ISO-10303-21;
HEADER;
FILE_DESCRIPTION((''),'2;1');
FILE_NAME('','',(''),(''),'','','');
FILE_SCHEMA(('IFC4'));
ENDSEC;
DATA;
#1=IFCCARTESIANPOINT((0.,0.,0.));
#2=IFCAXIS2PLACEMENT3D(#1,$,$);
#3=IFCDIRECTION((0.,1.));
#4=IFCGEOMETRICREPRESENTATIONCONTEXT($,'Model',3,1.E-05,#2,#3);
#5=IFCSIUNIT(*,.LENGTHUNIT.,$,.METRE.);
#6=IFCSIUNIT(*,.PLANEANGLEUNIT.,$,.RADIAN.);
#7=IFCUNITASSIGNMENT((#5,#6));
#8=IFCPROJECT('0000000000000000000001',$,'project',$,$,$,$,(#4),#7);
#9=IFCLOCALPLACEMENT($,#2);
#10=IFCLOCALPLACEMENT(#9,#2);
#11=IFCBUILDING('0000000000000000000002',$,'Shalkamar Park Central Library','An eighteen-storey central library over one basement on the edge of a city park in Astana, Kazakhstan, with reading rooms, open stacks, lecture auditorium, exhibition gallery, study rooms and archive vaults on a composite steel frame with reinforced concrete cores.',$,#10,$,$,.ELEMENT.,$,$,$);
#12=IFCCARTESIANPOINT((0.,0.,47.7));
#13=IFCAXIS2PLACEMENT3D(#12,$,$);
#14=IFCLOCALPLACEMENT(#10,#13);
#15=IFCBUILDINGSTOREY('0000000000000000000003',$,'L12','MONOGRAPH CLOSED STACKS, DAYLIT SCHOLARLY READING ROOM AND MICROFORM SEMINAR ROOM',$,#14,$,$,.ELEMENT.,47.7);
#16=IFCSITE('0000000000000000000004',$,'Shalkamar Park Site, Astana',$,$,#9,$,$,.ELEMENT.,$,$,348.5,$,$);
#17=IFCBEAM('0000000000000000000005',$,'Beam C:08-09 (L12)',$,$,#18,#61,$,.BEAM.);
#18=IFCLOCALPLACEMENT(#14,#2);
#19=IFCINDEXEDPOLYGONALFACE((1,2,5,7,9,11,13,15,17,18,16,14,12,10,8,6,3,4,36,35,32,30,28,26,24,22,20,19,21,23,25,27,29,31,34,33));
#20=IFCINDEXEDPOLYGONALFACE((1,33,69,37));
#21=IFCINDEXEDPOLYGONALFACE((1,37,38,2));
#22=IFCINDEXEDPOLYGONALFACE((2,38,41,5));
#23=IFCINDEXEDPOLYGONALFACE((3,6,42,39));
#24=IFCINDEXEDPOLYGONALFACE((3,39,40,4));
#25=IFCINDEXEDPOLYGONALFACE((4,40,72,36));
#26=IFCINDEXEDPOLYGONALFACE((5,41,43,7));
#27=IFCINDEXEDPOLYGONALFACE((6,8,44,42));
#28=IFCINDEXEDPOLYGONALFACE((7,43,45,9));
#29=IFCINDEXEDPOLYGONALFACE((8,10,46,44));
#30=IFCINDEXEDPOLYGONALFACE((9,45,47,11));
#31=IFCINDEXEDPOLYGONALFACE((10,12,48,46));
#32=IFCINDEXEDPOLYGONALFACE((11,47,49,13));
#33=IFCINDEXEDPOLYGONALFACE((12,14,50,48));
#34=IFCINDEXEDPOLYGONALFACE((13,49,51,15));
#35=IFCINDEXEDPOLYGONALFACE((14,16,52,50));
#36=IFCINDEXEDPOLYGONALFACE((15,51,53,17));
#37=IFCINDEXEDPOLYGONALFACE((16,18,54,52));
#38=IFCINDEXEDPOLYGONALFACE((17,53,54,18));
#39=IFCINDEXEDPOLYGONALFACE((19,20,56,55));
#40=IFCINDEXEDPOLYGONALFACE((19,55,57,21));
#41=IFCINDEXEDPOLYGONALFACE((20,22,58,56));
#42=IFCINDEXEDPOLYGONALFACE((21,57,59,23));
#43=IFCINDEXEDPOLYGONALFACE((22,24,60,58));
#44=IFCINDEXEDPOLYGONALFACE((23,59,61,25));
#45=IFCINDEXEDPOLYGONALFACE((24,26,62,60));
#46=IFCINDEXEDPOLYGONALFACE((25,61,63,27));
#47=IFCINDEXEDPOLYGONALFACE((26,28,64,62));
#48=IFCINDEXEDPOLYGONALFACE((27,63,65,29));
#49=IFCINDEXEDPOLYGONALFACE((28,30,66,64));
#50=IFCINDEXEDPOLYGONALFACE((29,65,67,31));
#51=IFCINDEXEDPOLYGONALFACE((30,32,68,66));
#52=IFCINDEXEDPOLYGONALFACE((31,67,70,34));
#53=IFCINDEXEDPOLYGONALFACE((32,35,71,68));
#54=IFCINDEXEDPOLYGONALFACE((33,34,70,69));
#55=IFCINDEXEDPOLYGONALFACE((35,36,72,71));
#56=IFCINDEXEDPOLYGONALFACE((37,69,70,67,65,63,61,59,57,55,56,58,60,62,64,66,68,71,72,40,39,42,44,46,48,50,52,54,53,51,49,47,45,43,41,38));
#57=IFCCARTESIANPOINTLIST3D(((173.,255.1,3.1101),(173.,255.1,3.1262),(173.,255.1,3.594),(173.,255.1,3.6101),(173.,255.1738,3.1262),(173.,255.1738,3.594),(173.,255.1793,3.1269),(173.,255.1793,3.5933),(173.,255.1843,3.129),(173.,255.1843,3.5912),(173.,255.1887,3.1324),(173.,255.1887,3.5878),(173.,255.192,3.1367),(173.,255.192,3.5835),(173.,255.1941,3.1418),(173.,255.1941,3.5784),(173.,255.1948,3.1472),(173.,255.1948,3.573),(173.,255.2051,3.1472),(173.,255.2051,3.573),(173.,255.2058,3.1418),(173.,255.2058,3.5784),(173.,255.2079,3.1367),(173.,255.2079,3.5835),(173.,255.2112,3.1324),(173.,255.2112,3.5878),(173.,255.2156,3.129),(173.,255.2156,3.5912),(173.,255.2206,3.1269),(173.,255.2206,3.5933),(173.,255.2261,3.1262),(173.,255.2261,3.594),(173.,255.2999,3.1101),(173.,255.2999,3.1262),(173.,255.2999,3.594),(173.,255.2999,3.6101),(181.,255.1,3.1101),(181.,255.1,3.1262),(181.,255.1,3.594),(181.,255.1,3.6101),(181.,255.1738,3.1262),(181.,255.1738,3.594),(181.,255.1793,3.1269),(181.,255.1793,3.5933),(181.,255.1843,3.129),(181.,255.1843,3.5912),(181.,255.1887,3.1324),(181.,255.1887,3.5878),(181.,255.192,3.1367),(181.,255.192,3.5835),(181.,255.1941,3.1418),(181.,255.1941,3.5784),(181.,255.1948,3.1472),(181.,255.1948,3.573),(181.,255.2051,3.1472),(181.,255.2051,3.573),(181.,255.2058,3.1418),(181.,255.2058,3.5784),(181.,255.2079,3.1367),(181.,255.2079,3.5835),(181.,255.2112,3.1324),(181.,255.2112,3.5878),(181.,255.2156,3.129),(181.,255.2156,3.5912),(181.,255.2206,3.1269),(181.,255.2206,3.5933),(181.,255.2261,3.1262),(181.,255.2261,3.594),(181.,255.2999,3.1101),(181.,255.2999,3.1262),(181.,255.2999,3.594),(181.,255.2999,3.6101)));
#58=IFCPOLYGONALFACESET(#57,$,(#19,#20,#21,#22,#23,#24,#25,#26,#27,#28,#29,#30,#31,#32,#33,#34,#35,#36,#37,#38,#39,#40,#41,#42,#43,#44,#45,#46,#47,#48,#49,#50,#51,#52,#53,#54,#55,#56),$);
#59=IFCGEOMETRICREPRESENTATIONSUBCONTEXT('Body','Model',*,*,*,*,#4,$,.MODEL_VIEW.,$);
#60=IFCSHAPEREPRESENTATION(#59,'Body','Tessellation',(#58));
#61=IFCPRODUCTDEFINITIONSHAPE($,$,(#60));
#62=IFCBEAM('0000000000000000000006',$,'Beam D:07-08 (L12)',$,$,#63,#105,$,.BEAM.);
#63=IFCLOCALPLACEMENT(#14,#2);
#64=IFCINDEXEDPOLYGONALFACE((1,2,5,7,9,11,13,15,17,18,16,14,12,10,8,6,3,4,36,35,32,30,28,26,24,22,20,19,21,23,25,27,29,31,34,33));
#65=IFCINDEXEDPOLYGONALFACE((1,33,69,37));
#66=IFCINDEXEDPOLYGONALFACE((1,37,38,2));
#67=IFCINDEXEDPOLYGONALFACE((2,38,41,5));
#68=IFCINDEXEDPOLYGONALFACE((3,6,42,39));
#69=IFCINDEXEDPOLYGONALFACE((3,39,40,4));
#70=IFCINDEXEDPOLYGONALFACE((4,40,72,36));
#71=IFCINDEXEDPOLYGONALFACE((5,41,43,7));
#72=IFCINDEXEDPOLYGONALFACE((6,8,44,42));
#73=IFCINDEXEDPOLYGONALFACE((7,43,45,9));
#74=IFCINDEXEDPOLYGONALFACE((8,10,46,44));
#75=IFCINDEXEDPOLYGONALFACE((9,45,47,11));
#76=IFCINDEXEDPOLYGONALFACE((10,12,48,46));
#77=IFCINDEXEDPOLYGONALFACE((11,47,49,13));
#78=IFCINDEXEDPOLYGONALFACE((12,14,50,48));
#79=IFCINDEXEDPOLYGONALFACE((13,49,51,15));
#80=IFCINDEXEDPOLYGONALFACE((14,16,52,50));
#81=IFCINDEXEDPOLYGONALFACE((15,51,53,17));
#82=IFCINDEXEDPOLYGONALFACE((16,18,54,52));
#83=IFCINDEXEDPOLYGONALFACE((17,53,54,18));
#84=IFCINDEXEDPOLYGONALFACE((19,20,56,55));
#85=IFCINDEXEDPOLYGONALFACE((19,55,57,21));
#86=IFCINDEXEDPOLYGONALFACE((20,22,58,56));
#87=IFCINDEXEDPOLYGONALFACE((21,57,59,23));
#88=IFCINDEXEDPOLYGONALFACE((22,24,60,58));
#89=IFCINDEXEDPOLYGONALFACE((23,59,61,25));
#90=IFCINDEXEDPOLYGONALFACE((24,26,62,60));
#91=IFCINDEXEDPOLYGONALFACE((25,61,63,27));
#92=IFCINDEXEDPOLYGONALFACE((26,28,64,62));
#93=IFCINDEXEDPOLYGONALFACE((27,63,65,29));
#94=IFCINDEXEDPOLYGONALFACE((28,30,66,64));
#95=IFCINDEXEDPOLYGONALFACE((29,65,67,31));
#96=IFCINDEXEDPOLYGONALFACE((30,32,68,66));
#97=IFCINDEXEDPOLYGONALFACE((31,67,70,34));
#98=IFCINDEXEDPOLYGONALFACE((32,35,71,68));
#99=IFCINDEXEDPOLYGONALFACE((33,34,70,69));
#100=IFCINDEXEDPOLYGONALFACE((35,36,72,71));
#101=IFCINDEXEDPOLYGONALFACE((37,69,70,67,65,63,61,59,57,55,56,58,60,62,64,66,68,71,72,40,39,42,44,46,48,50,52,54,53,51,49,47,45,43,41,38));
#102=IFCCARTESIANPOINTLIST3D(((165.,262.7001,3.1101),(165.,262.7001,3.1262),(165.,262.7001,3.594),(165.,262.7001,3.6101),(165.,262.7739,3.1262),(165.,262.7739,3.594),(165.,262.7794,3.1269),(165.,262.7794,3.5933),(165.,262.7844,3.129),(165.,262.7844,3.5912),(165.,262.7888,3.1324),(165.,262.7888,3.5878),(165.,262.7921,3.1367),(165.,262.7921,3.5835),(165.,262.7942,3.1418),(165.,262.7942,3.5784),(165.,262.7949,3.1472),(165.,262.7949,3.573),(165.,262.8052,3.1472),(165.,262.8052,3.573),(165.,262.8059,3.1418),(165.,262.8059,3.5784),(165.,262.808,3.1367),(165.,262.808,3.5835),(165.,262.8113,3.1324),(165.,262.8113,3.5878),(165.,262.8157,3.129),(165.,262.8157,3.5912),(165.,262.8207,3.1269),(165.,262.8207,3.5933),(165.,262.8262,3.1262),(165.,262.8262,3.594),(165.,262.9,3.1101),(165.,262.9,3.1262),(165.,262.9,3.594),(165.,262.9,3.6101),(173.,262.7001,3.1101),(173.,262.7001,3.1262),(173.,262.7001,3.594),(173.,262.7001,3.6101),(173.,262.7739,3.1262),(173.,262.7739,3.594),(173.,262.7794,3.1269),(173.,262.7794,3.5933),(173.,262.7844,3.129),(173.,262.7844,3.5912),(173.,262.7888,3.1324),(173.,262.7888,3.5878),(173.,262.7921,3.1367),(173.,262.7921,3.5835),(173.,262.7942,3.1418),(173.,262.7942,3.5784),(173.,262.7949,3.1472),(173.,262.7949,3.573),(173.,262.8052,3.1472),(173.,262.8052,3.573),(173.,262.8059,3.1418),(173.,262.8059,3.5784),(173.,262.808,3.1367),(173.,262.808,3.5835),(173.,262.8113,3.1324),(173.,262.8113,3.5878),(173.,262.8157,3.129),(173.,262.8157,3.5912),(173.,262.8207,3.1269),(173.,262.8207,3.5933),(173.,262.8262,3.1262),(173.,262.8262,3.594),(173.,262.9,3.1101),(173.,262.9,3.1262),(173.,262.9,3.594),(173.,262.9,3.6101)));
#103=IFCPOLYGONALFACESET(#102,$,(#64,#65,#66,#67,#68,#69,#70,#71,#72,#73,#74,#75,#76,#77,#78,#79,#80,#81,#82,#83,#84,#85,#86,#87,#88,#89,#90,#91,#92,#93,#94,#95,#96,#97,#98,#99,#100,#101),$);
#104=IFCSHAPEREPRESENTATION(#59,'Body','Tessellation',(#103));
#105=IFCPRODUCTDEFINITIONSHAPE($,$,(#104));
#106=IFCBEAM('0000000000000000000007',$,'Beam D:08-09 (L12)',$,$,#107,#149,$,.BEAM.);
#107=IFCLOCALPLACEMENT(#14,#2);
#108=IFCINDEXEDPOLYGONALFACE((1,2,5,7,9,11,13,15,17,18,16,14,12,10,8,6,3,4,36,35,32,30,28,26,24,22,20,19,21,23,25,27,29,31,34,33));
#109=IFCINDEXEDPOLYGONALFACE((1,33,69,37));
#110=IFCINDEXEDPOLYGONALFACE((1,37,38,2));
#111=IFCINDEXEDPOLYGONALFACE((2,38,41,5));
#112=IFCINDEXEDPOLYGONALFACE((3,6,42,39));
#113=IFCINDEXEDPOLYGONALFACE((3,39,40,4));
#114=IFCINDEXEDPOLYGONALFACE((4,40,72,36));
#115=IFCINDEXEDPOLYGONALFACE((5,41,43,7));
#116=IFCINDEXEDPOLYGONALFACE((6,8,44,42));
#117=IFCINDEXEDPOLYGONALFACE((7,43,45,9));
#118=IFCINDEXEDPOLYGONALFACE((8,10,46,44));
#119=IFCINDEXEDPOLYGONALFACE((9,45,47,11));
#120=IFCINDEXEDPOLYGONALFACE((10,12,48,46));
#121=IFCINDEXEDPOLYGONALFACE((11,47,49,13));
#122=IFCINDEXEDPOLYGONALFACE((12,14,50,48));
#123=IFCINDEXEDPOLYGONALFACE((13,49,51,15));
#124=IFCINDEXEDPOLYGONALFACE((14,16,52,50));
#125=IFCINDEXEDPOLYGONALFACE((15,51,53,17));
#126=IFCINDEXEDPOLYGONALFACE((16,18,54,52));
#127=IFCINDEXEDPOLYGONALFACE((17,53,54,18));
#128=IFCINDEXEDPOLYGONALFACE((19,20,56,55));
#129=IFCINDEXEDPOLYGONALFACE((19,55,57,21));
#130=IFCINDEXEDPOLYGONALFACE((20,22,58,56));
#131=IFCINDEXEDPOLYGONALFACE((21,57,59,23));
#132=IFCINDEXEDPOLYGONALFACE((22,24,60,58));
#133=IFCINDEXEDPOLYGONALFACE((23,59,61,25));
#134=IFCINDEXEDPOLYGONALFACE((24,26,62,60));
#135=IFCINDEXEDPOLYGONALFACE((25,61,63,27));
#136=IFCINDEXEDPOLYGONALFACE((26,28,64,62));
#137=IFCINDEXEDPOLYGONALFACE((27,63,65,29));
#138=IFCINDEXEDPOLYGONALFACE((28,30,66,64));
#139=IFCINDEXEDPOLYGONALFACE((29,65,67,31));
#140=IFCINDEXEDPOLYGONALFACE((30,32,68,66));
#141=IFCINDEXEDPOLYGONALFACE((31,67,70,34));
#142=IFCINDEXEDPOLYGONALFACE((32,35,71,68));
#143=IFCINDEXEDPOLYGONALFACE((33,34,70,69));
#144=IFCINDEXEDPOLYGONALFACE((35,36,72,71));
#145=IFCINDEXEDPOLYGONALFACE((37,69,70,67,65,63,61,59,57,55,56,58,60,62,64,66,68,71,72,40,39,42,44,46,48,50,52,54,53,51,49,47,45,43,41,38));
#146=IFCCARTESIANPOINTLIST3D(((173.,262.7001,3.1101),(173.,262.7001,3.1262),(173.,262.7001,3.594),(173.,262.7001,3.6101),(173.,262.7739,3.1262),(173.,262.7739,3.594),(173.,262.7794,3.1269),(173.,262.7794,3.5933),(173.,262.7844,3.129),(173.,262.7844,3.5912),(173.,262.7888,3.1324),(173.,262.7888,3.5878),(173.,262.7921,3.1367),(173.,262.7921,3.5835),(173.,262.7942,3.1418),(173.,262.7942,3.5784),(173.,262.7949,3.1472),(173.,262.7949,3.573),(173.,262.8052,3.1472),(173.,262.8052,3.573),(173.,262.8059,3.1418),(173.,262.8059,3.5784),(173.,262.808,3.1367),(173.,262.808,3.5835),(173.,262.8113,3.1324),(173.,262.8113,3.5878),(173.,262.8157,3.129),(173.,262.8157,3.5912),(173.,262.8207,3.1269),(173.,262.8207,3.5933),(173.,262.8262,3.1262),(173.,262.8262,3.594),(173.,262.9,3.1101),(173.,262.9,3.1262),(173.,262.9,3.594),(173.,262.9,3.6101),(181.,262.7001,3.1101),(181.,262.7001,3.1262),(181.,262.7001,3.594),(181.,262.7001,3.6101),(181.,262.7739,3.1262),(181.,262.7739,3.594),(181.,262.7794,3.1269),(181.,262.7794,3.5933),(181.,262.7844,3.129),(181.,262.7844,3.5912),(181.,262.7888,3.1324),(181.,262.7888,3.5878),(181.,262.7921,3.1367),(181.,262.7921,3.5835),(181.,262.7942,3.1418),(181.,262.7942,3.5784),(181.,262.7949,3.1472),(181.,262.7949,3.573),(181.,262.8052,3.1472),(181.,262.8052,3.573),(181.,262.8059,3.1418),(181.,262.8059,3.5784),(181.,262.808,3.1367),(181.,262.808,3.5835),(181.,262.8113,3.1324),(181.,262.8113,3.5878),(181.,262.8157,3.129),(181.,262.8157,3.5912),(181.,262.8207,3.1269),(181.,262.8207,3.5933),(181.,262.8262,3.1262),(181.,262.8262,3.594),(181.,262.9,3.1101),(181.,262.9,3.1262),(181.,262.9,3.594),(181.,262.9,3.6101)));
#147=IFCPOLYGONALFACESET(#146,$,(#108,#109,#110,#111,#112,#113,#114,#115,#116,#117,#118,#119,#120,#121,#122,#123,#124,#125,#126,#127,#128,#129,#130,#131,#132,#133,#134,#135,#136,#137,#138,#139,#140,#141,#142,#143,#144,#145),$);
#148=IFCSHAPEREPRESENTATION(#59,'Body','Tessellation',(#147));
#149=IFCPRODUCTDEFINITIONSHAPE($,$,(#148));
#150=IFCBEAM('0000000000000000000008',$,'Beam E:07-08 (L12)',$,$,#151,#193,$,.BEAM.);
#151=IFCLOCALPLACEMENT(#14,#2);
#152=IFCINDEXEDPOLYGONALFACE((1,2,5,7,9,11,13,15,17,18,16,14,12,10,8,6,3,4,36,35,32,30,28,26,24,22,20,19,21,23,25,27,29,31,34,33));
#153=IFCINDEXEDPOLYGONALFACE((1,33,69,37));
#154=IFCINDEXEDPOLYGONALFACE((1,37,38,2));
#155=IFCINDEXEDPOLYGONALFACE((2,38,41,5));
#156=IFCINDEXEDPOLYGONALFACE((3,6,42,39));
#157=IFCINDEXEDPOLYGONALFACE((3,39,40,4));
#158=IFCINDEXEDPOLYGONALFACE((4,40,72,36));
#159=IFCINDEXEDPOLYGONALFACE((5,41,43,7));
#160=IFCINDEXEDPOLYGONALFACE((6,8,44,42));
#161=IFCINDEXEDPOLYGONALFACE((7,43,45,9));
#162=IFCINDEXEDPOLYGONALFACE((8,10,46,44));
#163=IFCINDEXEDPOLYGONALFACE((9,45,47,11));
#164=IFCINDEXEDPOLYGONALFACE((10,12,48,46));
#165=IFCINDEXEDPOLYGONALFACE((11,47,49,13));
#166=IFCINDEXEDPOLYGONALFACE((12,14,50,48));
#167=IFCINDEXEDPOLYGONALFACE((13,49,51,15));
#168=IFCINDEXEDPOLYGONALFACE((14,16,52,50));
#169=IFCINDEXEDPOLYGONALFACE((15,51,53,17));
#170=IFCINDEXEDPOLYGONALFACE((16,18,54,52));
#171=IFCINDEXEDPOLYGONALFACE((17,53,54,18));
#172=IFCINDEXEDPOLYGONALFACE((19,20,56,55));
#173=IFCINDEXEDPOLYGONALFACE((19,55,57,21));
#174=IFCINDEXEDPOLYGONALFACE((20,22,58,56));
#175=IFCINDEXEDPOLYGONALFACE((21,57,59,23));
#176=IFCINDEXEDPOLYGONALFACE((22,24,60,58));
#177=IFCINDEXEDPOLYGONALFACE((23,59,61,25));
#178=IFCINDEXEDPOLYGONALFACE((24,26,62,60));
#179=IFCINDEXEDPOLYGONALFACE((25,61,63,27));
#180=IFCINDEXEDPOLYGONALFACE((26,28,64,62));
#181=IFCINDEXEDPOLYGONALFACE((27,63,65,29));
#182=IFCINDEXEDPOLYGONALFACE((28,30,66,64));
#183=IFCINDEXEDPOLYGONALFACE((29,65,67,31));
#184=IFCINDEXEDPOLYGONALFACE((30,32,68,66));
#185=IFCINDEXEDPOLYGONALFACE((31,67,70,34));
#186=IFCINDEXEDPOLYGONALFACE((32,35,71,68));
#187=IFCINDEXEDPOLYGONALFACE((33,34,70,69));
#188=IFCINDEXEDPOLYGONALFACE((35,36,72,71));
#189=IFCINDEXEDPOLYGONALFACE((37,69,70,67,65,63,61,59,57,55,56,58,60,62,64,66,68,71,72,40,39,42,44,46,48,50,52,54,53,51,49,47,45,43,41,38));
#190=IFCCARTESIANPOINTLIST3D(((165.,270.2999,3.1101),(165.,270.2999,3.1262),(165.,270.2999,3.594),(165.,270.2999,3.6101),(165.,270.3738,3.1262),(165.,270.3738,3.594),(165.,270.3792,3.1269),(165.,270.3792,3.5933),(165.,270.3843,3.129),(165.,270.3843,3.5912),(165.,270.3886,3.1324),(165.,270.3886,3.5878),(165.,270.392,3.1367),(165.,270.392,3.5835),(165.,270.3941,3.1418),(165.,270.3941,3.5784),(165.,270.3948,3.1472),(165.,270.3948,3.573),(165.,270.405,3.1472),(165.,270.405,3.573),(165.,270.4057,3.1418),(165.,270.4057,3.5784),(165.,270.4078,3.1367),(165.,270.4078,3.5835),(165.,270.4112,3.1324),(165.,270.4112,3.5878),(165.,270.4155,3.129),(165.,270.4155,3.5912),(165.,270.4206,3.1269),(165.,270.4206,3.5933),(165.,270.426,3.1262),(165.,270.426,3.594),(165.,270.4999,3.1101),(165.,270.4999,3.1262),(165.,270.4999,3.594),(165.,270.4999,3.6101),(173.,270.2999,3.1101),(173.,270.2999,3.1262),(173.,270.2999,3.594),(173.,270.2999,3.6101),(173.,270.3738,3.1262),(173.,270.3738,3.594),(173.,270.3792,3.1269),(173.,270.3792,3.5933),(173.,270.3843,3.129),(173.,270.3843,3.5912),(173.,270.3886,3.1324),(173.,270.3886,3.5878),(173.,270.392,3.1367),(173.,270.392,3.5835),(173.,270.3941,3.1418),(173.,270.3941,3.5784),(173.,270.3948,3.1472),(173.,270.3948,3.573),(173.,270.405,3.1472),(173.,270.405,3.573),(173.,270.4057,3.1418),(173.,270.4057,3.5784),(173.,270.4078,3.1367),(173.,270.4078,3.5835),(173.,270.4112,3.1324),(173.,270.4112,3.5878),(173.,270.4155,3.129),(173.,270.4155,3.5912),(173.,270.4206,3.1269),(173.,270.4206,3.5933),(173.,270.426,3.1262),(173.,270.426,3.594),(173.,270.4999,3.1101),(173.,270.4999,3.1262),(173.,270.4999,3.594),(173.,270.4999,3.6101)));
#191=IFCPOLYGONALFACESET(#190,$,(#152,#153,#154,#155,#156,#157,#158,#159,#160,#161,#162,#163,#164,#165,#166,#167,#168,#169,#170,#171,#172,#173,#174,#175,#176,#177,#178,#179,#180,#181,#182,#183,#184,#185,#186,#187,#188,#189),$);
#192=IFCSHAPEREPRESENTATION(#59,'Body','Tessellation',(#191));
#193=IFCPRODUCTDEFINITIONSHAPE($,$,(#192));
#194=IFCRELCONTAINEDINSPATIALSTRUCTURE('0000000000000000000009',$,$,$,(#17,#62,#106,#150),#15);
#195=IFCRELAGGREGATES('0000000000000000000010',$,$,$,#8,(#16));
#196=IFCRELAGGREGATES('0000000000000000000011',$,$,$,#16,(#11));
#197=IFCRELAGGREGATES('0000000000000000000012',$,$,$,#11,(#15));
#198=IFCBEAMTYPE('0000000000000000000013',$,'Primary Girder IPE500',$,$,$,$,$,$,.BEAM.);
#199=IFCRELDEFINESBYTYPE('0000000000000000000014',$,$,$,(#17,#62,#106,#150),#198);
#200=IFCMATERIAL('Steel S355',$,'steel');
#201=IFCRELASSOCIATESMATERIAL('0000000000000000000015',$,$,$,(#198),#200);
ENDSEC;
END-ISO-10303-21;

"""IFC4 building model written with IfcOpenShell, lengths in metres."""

from ifc_helpers import new_model, si_unit, direction, frame, origin, origin_2d, place, context, subcontext, project, spatial, i_section, extrude, material, material_profile, profile_set, type_object, element, save


model = new_model("IFC4")

# Units and contexts
model_context = context("Model", 3, precision=1e-05, world=origin(), true_north=direction((0.0, 1.0)))
body_context = subcontext(model_context, "Body", "Model", "MODEL_VIEW")
ifc_project = project(units=[si_unit("LENGTHUNIT", "METRE"), si_unit("PLANEANGLEUNIT", "RADIAN")], contexts=[model_context])

# Site, building, storey
site_placement = place(None, origin())
site = spatial("IfcSite", under=ifc_project, at=site_placement, Name="Shalkamar Park Site, Astana", CompositionType="ELEMENT", RefElevation=348.5)
building_placement = place(site_placement, origin())
building = spatial("IfcBuilding", under=site, at=building_placement, Name="Shalkamar Park Central Library", Description="An eighteen-storey central library over one basement on the edge of a city park in Astana, Kazakhstan, with reading rooms, open stacks, lecture auditorium, exhibition gallery, study rooms and archive vaults on a composite steel frame with reinforced concrete cores.", CompositionType="ELEMENT")
storey_placement = place(building_placement, frame((0.0, 0.0, 47.7)))
storey = spatial("IfcBuildingStorey", under=building, at=storey_placement, Name="L12", Description="MONOGRAPH CLOSED STACKS, DAYLIT SCHOLARLY READING ROOM AND MICROFORM SEMINAR ROOM", CompositionType="ELEMENT", Elevation=47.7)

# Shared definitions
ifc_material_1 = material(Name="Steel S355", Category="steel")

# Beams
ifc_material_profile_1 = material_profile(ifc_material_1, i_section(OverallWidth=0.2, OverallDepth=0.5, WebThickness=0.0103, FlangeThickness=0.0161, FilletRadius=0.021, at=origin_2d()), Name="IPE 500")
ifc_profile_set_1 = profile_set([ifc_material_profile_1], Name="Steel S355")
beam_type_1 = type_object("IfcBeamType", Name="Primary Girder IPE500", PredefinedType="BEAM", material=ifc_profile_set_1)
for number, where, z_axis, x_axis, name in (
    (1, (173.0, 255.2, 3.3601), (1.0, 0.0, 0.0), (0.0, 1.0, 0.0), "Beam C:08-09 (L12)"),
    (2, (165.0, 262.8, 3.3601), (1.0, 0.0, 0.0), (0.0, 1.0, 0.0), "Beam D:07-08 (L12)"),
    (3, (173.0, 262.8, 3.3601), (1.0, 0.0, 0.0), (0.0, 1.0, 0.0), "Beam D:08-09 (L12)"),
    (4, (165.0, 270.3999, 3.3601), (1.0, 0.0, 0.0), (0.0, 1.0, 0.0), "Beam E:07-08 (L12)"),
):
    element("IfcBeam", number, at=place(storey_placement, frame(where, z_axis=z_axis, x_axis=x_axis)), inside=storey, type_object=beam_type_1, Name=name, PredefinedType="BEAM", context=body_context, shape_type="SweptSolid", body=[
        extrude(i_section(OverallWidth=0.2, OverallDepth=0.5, WebThickness=0.0103, FlangeThickness=0.0161, FilletRadius=0.021, at=origin_2d()), origin(), (0.0, 0.0, 1.0), 8.0),
    ])

save(model, "model.ifc")
